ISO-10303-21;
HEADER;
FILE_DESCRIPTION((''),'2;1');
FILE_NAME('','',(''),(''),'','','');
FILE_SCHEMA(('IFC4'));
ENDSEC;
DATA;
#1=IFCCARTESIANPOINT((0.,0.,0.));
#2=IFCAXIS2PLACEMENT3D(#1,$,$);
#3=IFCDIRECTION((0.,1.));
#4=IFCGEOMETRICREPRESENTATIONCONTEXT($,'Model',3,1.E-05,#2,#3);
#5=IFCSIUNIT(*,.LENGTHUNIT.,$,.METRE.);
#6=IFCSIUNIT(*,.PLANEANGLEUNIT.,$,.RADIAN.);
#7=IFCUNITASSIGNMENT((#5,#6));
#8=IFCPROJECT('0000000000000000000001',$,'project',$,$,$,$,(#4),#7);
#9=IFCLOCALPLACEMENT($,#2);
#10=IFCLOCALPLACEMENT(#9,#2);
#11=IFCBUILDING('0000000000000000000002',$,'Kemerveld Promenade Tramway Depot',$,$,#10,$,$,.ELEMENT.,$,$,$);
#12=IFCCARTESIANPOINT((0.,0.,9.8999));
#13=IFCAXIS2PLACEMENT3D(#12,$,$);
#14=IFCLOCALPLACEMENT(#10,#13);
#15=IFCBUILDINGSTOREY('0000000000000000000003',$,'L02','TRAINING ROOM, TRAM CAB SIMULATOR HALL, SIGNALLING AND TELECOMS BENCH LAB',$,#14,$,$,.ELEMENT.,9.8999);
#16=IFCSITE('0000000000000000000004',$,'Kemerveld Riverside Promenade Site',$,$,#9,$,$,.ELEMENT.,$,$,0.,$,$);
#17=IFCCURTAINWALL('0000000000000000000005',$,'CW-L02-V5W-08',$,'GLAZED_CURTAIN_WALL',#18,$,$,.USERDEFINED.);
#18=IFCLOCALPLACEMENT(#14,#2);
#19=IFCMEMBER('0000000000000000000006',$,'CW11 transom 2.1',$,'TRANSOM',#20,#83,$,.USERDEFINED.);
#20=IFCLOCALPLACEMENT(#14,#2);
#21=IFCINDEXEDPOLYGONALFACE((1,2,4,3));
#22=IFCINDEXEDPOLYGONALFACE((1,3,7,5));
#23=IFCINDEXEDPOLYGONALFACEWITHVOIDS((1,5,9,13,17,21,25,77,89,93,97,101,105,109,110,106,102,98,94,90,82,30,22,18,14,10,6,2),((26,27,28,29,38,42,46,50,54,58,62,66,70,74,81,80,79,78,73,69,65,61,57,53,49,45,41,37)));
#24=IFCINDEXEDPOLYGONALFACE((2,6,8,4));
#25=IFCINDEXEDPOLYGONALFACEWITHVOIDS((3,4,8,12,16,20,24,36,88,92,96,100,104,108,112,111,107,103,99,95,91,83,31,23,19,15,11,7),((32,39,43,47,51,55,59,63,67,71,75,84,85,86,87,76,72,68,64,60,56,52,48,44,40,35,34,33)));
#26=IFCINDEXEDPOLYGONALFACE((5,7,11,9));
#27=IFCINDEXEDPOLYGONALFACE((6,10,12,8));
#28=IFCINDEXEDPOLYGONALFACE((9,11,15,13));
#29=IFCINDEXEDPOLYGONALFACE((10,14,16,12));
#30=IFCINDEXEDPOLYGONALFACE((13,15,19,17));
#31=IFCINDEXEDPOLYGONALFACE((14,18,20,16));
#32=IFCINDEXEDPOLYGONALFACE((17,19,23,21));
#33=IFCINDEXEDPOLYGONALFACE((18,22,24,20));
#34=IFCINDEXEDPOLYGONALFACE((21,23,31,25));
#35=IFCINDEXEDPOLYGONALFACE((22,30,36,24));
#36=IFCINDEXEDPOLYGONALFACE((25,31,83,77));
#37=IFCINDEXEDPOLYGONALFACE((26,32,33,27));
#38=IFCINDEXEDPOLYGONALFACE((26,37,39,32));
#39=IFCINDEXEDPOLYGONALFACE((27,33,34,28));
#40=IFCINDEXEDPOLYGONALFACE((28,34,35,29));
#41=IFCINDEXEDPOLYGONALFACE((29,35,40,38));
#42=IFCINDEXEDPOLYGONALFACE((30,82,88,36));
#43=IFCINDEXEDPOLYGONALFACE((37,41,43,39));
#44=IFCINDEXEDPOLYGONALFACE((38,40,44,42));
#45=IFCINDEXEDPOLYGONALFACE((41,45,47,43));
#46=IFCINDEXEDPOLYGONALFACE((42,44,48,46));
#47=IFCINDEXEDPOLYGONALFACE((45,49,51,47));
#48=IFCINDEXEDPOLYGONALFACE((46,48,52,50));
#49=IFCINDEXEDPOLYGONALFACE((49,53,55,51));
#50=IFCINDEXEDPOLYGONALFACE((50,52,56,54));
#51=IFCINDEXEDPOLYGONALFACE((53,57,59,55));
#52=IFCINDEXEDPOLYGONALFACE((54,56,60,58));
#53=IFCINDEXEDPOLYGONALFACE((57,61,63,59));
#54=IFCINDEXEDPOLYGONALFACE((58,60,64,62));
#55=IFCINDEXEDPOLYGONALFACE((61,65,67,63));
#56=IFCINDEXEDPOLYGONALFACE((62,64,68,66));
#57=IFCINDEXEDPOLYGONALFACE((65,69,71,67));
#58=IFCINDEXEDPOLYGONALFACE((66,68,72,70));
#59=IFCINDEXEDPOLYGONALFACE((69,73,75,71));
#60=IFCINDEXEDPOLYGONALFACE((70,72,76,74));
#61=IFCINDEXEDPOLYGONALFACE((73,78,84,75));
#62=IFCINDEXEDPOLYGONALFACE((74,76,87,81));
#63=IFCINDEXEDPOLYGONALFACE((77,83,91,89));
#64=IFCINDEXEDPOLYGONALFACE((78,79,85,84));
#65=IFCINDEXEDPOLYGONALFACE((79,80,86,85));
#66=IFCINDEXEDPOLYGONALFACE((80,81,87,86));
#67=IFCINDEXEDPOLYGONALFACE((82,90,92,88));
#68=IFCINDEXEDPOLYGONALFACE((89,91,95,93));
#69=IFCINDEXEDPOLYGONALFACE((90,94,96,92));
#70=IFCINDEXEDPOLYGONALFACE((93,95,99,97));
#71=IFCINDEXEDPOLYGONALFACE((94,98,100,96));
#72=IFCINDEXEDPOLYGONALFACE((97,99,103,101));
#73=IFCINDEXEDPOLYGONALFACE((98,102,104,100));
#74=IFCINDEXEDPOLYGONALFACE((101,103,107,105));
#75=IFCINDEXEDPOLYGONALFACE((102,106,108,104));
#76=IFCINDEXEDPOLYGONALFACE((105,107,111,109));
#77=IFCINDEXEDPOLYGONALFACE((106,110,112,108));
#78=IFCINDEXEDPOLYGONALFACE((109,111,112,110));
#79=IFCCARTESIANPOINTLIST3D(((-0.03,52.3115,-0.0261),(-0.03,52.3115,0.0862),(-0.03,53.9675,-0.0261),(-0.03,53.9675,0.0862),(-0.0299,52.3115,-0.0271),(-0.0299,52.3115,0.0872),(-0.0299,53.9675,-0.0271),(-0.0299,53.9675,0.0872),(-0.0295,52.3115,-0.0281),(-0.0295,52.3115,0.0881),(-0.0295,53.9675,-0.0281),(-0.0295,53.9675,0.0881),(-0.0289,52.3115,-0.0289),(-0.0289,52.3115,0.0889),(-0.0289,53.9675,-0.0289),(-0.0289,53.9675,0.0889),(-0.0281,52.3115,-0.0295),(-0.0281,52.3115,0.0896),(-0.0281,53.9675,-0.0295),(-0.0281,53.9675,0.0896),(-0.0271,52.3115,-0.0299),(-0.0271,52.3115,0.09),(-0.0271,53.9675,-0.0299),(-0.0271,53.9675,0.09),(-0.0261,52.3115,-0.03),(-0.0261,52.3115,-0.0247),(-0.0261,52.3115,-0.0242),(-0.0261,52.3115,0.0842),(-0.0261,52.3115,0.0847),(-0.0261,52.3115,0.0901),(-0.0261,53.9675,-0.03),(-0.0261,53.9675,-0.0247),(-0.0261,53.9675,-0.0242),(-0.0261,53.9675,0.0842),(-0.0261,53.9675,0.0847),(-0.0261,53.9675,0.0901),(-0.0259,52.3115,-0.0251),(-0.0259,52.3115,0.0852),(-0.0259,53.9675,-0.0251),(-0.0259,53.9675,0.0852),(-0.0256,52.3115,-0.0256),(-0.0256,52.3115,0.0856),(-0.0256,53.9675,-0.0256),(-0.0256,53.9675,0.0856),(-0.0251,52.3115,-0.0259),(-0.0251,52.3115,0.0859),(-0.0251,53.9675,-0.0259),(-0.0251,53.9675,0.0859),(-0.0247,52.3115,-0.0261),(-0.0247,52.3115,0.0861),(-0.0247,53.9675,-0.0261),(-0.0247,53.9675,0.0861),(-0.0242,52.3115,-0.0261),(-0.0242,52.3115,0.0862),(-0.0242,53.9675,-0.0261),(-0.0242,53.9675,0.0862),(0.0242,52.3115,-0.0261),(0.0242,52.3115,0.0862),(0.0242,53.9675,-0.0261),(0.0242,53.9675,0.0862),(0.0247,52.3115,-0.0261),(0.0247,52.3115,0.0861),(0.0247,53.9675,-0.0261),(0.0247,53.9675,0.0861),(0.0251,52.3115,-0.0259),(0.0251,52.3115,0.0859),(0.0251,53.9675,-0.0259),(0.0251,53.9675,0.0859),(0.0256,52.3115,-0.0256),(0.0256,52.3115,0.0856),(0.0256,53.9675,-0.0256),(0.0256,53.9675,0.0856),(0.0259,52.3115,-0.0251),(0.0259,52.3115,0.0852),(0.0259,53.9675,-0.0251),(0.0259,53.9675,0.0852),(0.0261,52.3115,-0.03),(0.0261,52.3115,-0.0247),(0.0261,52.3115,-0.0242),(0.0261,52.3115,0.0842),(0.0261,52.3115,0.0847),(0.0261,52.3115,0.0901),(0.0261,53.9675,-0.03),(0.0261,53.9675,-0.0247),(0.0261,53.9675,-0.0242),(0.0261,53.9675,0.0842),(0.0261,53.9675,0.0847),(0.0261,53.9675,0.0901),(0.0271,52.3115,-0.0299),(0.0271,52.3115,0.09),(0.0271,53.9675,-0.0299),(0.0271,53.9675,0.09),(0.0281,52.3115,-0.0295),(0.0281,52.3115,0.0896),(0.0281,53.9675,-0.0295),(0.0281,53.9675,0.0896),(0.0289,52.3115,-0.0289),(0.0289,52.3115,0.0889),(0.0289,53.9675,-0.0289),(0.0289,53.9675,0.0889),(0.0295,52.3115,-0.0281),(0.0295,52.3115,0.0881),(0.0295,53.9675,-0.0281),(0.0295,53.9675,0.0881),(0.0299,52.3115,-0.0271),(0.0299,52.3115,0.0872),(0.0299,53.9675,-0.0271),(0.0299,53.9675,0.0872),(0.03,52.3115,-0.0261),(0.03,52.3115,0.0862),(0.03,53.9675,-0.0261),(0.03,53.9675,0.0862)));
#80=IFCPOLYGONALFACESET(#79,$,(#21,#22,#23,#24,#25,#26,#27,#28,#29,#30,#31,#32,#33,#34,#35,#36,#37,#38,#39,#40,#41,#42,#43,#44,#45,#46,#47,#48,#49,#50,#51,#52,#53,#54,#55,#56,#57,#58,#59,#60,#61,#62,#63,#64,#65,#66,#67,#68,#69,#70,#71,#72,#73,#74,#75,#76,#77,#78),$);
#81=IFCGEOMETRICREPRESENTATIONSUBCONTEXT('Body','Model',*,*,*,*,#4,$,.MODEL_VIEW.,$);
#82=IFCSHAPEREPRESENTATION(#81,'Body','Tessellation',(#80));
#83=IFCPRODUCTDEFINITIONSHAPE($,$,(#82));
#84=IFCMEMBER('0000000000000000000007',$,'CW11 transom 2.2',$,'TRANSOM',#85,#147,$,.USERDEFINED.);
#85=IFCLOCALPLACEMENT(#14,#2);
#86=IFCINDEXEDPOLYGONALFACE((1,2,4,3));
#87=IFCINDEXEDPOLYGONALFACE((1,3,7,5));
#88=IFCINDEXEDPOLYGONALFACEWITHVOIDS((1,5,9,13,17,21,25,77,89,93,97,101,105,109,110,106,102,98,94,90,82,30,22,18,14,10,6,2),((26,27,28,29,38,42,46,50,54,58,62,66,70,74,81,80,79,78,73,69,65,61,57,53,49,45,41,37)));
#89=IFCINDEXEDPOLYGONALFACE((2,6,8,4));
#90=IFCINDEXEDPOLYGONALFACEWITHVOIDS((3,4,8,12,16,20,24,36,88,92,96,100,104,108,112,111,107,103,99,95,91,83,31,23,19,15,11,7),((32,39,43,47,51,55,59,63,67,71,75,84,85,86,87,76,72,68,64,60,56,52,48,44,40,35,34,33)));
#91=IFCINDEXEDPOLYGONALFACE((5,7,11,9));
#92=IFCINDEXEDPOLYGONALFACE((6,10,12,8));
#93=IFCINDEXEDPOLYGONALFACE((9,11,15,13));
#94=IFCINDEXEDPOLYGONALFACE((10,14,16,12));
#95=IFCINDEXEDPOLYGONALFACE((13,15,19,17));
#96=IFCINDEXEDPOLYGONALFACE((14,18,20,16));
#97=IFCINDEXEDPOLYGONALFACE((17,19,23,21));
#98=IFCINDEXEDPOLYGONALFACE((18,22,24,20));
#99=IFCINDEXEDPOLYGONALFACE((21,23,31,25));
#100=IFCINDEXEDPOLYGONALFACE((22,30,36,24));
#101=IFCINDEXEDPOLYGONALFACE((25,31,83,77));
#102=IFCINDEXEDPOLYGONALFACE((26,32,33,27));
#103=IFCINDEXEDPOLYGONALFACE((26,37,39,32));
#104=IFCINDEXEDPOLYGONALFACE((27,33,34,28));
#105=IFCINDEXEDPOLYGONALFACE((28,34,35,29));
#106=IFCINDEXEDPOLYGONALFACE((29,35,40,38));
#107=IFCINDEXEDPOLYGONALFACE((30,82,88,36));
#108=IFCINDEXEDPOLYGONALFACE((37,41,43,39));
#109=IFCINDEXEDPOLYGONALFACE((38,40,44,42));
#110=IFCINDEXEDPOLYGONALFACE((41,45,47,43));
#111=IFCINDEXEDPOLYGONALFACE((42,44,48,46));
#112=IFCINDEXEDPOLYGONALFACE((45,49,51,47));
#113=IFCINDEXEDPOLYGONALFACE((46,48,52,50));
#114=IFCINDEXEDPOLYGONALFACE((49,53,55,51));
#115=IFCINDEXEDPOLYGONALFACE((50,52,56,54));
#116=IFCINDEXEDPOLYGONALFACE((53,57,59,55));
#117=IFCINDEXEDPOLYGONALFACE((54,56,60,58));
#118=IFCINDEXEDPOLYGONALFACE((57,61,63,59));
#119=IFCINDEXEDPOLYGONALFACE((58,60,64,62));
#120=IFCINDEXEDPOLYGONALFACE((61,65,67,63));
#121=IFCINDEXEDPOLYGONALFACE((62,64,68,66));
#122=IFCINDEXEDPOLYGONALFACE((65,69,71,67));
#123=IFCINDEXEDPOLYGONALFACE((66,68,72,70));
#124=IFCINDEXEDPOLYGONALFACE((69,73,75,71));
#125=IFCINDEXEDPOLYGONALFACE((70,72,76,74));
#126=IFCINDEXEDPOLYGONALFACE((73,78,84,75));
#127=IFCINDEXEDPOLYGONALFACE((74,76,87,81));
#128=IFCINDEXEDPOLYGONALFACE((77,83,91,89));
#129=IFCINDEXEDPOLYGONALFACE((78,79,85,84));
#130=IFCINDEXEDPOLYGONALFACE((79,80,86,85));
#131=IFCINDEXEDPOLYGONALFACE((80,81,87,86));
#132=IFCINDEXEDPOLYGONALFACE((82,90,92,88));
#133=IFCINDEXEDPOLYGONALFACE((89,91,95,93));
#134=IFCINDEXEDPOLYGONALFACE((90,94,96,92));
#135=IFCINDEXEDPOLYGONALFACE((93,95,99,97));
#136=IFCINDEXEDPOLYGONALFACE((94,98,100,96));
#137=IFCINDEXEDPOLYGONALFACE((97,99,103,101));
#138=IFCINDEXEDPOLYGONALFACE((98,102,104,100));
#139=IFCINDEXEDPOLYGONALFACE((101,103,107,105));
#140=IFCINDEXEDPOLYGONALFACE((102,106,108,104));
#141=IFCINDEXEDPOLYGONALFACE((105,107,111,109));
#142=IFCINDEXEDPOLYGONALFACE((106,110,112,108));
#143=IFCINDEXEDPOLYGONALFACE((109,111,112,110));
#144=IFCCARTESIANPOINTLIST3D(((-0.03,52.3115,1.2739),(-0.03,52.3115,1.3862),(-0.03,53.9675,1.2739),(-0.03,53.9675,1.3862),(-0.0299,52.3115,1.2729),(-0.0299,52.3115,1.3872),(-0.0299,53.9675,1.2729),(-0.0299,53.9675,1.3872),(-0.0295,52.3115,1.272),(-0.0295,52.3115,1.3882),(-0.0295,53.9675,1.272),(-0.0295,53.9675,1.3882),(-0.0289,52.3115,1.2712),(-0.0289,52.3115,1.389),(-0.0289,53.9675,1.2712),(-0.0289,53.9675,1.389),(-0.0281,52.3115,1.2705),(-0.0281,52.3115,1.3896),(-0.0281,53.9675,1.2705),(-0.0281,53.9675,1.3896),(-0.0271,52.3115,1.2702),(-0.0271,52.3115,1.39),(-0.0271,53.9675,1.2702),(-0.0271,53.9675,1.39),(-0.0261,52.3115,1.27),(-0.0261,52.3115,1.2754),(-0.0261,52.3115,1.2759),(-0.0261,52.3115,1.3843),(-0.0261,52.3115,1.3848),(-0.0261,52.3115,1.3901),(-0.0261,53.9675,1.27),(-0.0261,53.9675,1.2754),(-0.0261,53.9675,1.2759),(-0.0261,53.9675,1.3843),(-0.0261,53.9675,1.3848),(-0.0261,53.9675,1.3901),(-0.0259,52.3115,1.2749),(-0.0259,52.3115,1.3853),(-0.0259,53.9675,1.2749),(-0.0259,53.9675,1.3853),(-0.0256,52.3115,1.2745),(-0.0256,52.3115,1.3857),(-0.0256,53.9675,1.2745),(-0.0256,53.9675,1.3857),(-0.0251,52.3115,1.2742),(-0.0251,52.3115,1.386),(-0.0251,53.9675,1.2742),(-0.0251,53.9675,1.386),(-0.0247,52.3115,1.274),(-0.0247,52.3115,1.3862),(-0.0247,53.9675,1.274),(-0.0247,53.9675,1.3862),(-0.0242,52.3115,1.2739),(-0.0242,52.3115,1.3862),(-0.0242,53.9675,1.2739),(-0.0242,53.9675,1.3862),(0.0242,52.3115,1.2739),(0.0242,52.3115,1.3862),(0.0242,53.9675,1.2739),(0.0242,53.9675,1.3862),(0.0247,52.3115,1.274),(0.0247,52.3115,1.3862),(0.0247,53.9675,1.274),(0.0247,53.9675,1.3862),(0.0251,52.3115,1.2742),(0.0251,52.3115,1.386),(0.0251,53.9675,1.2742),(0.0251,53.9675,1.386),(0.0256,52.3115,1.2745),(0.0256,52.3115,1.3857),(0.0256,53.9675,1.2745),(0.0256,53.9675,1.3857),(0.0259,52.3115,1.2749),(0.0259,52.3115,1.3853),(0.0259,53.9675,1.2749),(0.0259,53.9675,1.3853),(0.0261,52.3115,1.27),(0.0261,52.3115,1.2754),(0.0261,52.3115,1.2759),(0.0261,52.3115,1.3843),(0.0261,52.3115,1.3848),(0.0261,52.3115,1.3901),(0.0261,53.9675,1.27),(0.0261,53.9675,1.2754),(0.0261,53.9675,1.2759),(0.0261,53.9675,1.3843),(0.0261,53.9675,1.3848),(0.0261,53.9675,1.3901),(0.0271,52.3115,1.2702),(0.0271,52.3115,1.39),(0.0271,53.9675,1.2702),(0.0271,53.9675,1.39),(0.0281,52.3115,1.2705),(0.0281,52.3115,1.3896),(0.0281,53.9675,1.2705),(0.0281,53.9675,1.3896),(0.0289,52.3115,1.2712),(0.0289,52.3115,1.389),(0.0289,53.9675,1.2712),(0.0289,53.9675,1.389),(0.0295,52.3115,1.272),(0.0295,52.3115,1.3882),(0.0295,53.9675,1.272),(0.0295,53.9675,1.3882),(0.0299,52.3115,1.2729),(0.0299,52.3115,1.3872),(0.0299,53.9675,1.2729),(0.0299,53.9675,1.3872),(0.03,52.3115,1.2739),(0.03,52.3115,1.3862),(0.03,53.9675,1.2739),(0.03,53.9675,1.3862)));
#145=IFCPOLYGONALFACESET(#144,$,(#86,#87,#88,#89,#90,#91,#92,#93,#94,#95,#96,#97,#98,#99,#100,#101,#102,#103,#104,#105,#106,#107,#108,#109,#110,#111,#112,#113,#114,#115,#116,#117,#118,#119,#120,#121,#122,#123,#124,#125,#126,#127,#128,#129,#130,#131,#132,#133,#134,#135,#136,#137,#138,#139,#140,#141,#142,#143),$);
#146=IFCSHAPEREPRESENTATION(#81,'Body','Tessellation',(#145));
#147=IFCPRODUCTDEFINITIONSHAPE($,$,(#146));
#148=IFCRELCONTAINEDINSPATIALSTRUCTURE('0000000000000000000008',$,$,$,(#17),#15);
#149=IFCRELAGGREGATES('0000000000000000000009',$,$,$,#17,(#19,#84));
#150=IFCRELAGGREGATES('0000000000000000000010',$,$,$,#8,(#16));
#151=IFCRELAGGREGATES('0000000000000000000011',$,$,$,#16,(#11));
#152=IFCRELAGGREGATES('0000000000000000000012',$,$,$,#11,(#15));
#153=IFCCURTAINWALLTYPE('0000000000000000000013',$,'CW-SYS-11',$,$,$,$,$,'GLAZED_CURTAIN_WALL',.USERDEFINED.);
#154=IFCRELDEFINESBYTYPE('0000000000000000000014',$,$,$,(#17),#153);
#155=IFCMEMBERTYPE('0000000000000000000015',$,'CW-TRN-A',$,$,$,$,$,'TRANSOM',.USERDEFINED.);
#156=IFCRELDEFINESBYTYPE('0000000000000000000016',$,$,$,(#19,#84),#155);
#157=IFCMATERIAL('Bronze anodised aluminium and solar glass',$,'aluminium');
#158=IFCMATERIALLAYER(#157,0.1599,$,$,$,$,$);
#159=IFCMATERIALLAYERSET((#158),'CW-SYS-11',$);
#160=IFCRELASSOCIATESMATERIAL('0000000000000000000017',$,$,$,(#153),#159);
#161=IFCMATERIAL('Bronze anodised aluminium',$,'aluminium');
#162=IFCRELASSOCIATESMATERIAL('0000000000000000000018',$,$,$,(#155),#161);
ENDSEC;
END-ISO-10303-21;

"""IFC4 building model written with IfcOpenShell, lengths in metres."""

from ifc_helpers import new_model, si_unit, direction, frame, origin, origin_2d, place, context, subcontext, project, spatial, hollow_rectangle, extrude, material, layer, layer_set, material_profile, profile_set, type_object, element, aggregate, save


model = new_model("IFC4")

# Units and contexts
model_context = context("Model", 3, precision=1e-05, world=origin(), true_north=direction((0.0, 1.0)))
body_context = subcontext(model_context, "Body", "Model", "MODEL_VIEW")
ifc_project = project(units=[si_unit("LENGTHUNIT", "METRE"), si_unit("PLANEANGLEUNIT", "RADIAN")], contexts=[model_context])

# Site, building, storey
site_placement = place(None, origin())
site = spatial("IfcSite", under=ifc_project, at=site_placement, Name="Kemerveld Riverside Promenade Site", CompositionType="ELEMENT", RefElevation=0.0)
building_placement = place(site_placement, origin())
building = spatial("IfcBuilding", under=site, at=building_placement, Name="Kemerveld Promenade Tramway Depot", CompositionType="ELEMENT")
storey_placement = place(building_placement, frame((0.0, 0.0, 9.8999)))
storey = spatial("IfcBuildingStorey", under=building, at=storey_placement, Name="L02", Description="TRAINING ROOM, TRAM CAB SIMULATOR HALL, SIGNALLING AND TELECOMS BENCH LAB", CompositionType="ELEMENT", Elevation=9.8999)

# Curtain wall, members
ifc_material_1 = material(Name="Bronze anodised aluminium and solar glass", Category="aluminium")
ifc_layer_1 = layer(ifc_material_1, 0.1599)
ifc_layer_set_1 = layer_set([ifc_layer_1], Name="CW-SYS-11")
curtain_wall_type = type_object("IfcCurtainWallType", Name="CW-SYS-11", ElementType="GLAZED_CURTAIN_WALL", PredefinedType="USERDEFINED", material=ifc_layer_set_1)
curtain_wall_placement = place(storey_placement, origin())
curtain_wall = element("IfcCurtainWall", 1, at=curtain_wall_placement, inside=storey, type_object=curtain_wall_type, Name="CW-L02-V5W-08", ObjectType="GLAZED_CURTAIN_WALL", PredefinedType="USERDEFINED")
ifc_material_2 = material(Name="Bronze anodised aluminium", Category="aluminium")
ifc_material_profile_1 = material_profile(ifc_material_2, hollow_rectangle(XDim=0.0601, YDim=0.1201, WallThickness=0.0039, InnerFilletRadius=0.002, OuterFilletRadius=0.0039, at=origin_2d()), Name="CW-TRN-120x60")
ifc_profile_set_1 = profile_set([ifc_material_profile_1], Name="Bronze anodised aluminium")
member_type_1 = type_object("IfcMemberType", Name="CW-TRN-A", ElementType="TRANSOM", PredefinedType="USERDEFINED", material=ifc_profile_set_1)
member_1_placement = place(storey_placement, frame((0.0, 52.3115, 0.03), z_axis=(0.0, 1.0, 0.0), x_axis=(-1.0, 0.0, 0.0)))
member_1 = element("IfcMember", 2, at=member_1_placement, type_object=member_type_1, Name="CW11 transom 2.1", ObjectType="TRANSOM", PredefinedType="USERDEFINED", context=body_context, shape_type="SweptSolid", body=[
    extrude(hollow_rectangle(XDim=0.0601, YDim=0.1201, WallThickness=0.0039, InnerFilletRadius=0.002, OuterFilletRadius=0.0039, at=origin_2d()), origin(), (0.0, 0.0, 1.0), 1.656),
])
member_2_placement = place(storey_placement, frame((0.0, 52.3115, 1.3301), z_axis=(0.0, 1.0, 0.0), x_axis=(-1.0, 0.0, 0.0)))
member_2 = element("IfcMember", 3, at=member_2_placement, type_object=member_type_1, Name="CW11 transom 2.2", ObjectType="TRANSOM", PredefinedType="USERDEFINED", context=body_context, shape_type="SweptSolid", body=[
    extrude(hollow_rectangle(XDim=0.0601, YDim=0.1201, WallThickness=0.0039, InnerFilletRadius=0.002, OuterFilletRadius=0.0039, at=origin_2d()), origin(), (0.0, 0.0, 1.0), 1.656),
])
aggregate(curtain_wall, [member_1, member_2])

save(model, "model.ifc")
